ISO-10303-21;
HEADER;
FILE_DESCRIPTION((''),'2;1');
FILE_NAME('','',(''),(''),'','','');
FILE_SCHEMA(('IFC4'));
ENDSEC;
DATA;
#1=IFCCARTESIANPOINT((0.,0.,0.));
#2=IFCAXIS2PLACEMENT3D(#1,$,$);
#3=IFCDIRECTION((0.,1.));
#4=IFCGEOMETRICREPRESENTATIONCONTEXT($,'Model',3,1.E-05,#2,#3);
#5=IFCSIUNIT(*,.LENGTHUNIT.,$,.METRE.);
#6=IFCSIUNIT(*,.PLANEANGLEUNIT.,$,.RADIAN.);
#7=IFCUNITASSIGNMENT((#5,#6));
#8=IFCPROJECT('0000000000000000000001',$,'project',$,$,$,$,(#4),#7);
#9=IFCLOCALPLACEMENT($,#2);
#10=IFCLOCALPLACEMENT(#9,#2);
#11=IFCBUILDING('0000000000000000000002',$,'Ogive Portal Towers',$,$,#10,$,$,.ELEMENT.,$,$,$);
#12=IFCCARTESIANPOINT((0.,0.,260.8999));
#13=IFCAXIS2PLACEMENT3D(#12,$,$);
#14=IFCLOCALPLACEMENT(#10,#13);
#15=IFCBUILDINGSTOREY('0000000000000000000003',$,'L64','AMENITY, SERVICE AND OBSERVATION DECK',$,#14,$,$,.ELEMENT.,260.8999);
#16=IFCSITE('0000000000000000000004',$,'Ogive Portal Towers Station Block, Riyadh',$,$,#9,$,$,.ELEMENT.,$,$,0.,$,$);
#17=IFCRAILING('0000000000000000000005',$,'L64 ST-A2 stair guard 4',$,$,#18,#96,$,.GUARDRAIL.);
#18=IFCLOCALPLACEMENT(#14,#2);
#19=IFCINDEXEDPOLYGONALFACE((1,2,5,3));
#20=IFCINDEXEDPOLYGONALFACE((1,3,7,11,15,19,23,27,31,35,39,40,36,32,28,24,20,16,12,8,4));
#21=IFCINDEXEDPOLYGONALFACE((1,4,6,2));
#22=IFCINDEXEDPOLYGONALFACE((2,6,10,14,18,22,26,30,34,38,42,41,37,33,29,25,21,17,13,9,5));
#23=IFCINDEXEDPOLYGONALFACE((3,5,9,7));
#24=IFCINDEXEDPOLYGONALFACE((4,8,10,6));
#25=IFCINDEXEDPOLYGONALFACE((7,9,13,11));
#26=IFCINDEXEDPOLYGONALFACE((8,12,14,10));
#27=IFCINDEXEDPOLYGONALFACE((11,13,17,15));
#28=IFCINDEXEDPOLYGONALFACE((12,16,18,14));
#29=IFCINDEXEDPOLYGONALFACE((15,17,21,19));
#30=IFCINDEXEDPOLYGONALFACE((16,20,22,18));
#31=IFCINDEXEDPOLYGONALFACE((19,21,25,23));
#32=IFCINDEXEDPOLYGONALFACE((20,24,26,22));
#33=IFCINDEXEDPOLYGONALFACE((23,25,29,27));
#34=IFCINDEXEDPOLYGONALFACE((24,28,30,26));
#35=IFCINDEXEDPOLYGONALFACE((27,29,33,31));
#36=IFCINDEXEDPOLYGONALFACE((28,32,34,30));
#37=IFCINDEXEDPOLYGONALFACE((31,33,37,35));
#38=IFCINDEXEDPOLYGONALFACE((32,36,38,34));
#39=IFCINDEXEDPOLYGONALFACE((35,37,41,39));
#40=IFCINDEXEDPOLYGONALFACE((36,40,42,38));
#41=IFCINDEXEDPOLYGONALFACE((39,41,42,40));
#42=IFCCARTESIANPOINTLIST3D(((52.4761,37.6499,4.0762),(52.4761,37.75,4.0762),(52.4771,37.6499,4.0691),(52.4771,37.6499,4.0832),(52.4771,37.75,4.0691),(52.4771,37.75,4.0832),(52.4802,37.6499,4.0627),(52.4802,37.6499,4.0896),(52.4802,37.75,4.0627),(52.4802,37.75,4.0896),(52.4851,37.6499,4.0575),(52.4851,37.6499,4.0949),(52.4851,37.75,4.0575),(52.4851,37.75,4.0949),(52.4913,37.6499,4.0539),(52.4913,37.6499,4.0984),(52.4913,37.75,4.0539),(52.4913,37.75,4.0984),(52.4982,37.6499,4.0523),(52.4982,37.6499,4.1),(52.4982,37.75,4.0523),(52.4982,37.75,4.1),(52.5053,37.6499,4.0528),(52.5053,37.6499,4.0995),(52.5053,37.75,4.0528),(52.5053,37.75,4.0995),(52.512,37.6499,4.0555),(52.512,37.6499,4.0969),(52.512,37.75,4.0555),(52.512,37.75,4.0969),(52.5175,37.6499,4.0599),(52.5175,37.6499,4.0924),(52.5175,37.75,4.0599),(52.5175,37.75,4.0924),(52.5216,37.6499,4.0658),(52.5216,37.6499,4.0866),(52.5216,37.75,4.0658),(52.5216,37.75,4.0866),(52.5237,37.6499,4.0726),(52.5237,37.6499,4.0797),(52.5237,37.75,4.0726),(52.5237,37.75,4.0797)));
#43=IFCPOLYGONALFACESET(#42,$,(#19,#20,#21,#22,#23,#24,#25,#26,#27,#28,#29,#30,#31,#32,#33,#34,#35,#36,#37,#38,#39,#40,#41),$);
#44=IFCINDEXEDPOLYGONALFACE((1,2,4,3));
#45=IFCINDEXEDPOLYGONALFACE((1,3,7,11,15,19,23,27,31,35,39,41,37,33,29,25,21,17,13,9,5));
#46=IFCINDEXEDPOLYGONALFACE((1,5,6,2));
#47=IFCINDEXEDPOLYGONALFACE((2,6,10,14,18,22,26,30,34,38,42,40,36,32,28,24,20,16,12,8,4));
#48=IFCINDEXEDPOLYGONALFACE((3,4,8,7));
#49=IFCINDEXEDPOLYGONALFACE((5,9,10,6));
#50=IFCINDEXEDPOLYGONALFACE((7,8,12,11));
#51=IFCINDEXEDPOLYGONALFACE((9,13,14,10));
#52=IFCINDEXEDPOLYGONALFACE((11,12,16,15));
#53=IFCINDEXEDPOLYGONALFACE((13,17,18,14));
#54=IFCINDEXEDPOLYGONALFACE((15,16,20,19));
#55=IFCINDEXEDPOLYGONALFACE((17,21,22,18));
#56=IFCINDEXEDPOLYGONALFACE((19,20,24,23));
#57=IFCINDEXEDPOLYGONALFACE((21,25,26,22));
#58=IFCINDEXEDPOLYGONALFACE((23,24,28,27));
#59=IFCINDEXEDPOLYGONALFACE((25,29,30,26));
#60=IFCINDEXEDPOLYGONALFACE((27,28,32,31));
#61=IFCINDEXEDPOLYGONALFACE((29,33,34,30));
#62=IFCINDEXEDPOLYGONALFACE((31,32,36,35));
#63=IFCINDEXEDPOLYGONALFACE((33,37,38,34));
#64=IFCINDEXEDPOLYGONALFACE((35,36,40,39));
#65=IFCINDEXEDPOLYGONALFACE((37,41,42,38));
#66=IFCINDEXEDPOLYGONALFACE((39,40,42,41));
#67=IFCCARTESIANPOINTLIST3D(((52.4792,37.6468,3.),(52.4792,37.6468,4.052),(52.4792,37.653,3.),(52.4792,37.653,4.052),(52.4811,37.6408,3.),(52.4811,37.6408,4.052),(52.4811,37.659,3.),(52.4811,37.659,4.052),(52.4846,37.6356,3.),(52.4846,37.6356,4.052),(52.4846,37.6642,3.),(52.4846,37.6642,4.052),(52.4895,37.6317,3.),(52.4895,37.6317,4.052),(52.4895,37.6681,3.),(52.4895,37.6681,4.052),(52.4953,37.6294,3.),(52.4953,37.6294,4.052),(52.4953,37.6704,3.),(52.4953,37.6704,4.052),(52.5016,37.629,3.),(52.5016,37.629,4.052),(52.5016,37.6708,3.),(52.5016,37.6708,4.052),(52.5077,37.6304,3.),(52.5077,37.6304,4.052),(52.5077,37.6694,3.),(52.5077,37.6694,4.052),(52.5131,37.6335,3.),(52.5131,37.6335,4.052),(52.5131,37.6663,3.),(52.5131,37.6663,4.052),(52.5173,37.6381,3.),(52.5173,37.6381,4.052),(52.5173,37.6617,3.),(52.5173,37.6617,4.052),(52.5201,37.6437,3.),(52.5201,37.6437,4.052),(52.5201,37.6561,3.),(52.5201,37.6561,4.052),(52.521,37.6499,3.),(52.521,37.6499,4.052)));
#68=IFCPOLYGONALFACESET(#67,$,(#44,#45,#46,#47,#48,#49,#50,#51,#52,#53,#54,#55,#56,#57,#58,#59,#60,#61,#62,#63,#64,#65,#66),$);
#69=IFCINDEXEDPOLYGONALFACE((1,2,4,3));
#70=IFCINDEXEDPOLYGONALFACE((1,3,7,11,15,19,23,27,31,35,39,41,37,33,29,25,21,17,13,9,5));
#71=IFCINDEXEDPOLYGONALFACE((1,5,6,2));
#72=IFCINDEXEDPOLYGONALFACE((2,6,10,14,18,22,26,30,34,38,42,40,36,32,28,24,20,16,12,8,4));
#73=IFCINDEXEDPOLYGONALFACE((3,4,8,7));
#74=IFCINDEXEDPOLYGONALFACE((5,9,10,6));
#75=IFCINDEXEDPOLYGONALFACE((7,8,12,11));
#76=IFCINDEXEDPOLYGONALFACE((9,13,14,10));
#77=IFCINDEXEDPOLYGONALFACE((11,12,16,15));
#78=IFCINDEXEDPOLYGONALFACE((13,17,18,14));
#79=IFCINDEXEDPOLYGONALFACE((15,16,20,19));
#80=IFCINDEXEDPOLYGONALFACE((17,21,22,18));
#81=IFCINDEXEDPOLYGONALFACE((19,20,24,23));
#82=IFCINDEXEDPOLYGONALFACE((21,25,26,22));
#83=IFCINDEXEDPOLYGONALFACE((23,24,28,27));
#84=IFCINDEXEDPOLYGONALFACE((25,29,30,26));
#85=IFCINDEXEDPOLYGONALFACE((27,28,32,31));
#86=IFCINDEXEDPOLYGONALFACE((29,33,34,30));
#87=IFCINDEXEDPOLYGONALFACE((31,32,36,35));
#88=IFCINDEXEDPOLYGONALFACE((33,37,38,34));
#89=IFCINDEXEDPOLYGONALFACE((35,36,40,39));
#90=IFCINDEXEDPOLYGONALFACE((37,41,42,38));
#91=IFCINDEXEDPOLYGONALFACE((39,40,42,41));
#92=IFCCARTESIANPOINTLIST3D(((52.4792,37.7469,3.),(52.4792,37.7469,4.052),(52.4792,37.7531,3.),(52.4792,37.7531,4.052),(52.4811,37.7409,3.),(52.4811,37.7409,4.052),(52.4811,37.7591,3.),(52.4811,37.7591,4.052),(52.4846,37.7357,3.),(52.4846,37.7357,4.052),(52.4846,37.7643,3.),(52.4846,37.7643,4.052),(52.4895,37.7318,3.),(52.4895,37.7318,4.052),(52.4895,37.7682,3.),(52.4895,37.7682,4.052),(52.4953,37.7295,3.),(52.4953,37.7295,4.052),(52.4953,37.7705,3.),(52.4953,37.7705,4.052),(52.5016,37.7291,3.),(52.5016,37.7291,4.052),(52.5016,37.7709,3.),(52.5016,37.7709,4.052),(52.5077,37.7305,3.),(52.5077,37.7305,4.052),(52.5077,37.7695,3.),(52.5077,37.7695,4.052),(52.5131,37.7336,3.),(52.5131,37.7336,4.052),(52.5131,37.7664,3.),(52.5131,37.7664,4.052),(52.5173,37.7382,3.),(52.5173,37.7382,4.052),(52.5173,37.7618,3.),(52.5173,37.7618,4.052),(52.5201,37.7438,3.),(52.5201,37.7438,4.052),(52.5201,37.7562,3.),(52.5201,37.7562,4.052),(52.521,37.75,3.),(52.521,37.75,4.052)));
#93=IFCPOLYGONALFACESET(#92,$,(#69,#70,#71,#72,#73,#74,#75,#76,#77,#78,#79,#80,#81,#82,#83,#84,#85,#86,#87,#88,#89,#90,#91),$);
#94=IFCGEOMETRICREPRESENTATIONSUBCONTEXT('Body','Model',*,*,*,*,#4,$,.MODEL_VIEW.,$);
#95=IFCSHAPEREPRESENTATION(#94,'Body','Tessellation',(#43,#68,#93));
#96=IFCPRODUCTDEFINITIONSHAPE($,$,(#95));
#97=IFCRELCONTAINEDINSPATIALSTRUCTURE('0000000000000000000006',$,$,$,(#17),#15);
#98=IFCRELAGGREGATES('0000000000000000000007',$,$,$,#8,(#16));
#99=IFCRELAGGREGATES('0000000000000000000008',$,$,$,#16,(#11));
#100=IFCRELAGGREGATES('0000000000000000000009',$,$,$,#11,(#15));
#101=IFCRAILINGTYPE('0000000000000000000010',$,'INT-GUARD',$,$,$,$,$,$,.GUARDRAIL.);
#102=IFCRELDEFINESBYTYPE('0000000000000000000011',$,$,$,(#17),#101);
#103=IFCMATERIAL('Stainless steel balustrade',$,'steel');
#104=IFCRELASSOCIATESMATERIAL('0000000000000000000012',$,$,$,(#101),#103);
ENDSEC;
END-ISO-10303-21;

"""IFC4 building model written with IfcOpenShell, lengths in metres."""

from ifc_helpers import new_model, si_unit, direction, frame, origin, origin_2d, place, context, subcontext, project, spatial, circle, extrude, material, type_object, element, save


model = new_model("IFC4")

# Units and contexts
model_context = context("Model", 3, precision=1e-05, world=origin(), true_north=direction((0.0, 1.0)))
body_context = subcontext(model_context, "Body", "Model", "MODEL_VIEW")
ifc_project = project(units=[si_unit("LENGTHUNIT", "METRE"), si_unit("PLANEANGLEUNIT", "RADIAN")], contexts=[model_context])

# Site, building, storey
site_placement = place(None, origin())
site = spatial("IfcSite", under=ifc_project, at=site_placement, Name="Ogive Portal Towers Station Block, Riyadh", CompositionType="ELEMENT", RefElevation=0.0)
building_placement = place(site_placement, origin())
building = spatial("IfcBuilding", under=site, at=building_placement, Name="Ogive Portal Towers", CompositionType="ELEMENT")
storey_placement = place(building_placement, frame((0.0, 0.0, 260.8999)))
storey = spatial("IfcBuildingStorey", under=building, at=storey_placement, Name="L64", Description="AMENITY, SERVICE AND OBSERVATION DECK", CompositionType="ELEMENT", Elevation=260.8999)

# Railing
ifc_material_1 = material(Name="Stainless steel balustrade", Category="steel")
railing_type_1 = type_object("IfcRailingType", Name="INT-GUARD", PredefinedType="GUARDRAIL", material=ifc_material_1)
railing_1_placement = place(storey_placement, frame((52.5, 37.6499, 3.0)))
element("IfcRailing", 1, at=railing_1_placement, inside=storey, type_object=railing_type_1, Name="L64 ST-A2 stair guard 4", PredefinedType="GUARDRAIL", context=body_context, shape_type="SweptSolid", body=[
    extrude(circle(Radius=0.0239, at=origin_2d()), frame((0.0, 0.0, 1.0762), z_axis=(0.0, 1.0, 0.0), x_axis=(-1.0, 0.0, 0.0)), (0.0, 0.0, 1.0), 0.1001),
    extrude(circle(Radius=0.021, at=origin_2d()), origin(), (0.0, 0.0, 1.0), 1.052),
    extrude(circle(Radius=0.021, at=origin_2d()), frame((0.0, 0.1001, 0.0)), (0.0, 0.0, 1.0), 1.052),
])

save(model, "model.ifc")
